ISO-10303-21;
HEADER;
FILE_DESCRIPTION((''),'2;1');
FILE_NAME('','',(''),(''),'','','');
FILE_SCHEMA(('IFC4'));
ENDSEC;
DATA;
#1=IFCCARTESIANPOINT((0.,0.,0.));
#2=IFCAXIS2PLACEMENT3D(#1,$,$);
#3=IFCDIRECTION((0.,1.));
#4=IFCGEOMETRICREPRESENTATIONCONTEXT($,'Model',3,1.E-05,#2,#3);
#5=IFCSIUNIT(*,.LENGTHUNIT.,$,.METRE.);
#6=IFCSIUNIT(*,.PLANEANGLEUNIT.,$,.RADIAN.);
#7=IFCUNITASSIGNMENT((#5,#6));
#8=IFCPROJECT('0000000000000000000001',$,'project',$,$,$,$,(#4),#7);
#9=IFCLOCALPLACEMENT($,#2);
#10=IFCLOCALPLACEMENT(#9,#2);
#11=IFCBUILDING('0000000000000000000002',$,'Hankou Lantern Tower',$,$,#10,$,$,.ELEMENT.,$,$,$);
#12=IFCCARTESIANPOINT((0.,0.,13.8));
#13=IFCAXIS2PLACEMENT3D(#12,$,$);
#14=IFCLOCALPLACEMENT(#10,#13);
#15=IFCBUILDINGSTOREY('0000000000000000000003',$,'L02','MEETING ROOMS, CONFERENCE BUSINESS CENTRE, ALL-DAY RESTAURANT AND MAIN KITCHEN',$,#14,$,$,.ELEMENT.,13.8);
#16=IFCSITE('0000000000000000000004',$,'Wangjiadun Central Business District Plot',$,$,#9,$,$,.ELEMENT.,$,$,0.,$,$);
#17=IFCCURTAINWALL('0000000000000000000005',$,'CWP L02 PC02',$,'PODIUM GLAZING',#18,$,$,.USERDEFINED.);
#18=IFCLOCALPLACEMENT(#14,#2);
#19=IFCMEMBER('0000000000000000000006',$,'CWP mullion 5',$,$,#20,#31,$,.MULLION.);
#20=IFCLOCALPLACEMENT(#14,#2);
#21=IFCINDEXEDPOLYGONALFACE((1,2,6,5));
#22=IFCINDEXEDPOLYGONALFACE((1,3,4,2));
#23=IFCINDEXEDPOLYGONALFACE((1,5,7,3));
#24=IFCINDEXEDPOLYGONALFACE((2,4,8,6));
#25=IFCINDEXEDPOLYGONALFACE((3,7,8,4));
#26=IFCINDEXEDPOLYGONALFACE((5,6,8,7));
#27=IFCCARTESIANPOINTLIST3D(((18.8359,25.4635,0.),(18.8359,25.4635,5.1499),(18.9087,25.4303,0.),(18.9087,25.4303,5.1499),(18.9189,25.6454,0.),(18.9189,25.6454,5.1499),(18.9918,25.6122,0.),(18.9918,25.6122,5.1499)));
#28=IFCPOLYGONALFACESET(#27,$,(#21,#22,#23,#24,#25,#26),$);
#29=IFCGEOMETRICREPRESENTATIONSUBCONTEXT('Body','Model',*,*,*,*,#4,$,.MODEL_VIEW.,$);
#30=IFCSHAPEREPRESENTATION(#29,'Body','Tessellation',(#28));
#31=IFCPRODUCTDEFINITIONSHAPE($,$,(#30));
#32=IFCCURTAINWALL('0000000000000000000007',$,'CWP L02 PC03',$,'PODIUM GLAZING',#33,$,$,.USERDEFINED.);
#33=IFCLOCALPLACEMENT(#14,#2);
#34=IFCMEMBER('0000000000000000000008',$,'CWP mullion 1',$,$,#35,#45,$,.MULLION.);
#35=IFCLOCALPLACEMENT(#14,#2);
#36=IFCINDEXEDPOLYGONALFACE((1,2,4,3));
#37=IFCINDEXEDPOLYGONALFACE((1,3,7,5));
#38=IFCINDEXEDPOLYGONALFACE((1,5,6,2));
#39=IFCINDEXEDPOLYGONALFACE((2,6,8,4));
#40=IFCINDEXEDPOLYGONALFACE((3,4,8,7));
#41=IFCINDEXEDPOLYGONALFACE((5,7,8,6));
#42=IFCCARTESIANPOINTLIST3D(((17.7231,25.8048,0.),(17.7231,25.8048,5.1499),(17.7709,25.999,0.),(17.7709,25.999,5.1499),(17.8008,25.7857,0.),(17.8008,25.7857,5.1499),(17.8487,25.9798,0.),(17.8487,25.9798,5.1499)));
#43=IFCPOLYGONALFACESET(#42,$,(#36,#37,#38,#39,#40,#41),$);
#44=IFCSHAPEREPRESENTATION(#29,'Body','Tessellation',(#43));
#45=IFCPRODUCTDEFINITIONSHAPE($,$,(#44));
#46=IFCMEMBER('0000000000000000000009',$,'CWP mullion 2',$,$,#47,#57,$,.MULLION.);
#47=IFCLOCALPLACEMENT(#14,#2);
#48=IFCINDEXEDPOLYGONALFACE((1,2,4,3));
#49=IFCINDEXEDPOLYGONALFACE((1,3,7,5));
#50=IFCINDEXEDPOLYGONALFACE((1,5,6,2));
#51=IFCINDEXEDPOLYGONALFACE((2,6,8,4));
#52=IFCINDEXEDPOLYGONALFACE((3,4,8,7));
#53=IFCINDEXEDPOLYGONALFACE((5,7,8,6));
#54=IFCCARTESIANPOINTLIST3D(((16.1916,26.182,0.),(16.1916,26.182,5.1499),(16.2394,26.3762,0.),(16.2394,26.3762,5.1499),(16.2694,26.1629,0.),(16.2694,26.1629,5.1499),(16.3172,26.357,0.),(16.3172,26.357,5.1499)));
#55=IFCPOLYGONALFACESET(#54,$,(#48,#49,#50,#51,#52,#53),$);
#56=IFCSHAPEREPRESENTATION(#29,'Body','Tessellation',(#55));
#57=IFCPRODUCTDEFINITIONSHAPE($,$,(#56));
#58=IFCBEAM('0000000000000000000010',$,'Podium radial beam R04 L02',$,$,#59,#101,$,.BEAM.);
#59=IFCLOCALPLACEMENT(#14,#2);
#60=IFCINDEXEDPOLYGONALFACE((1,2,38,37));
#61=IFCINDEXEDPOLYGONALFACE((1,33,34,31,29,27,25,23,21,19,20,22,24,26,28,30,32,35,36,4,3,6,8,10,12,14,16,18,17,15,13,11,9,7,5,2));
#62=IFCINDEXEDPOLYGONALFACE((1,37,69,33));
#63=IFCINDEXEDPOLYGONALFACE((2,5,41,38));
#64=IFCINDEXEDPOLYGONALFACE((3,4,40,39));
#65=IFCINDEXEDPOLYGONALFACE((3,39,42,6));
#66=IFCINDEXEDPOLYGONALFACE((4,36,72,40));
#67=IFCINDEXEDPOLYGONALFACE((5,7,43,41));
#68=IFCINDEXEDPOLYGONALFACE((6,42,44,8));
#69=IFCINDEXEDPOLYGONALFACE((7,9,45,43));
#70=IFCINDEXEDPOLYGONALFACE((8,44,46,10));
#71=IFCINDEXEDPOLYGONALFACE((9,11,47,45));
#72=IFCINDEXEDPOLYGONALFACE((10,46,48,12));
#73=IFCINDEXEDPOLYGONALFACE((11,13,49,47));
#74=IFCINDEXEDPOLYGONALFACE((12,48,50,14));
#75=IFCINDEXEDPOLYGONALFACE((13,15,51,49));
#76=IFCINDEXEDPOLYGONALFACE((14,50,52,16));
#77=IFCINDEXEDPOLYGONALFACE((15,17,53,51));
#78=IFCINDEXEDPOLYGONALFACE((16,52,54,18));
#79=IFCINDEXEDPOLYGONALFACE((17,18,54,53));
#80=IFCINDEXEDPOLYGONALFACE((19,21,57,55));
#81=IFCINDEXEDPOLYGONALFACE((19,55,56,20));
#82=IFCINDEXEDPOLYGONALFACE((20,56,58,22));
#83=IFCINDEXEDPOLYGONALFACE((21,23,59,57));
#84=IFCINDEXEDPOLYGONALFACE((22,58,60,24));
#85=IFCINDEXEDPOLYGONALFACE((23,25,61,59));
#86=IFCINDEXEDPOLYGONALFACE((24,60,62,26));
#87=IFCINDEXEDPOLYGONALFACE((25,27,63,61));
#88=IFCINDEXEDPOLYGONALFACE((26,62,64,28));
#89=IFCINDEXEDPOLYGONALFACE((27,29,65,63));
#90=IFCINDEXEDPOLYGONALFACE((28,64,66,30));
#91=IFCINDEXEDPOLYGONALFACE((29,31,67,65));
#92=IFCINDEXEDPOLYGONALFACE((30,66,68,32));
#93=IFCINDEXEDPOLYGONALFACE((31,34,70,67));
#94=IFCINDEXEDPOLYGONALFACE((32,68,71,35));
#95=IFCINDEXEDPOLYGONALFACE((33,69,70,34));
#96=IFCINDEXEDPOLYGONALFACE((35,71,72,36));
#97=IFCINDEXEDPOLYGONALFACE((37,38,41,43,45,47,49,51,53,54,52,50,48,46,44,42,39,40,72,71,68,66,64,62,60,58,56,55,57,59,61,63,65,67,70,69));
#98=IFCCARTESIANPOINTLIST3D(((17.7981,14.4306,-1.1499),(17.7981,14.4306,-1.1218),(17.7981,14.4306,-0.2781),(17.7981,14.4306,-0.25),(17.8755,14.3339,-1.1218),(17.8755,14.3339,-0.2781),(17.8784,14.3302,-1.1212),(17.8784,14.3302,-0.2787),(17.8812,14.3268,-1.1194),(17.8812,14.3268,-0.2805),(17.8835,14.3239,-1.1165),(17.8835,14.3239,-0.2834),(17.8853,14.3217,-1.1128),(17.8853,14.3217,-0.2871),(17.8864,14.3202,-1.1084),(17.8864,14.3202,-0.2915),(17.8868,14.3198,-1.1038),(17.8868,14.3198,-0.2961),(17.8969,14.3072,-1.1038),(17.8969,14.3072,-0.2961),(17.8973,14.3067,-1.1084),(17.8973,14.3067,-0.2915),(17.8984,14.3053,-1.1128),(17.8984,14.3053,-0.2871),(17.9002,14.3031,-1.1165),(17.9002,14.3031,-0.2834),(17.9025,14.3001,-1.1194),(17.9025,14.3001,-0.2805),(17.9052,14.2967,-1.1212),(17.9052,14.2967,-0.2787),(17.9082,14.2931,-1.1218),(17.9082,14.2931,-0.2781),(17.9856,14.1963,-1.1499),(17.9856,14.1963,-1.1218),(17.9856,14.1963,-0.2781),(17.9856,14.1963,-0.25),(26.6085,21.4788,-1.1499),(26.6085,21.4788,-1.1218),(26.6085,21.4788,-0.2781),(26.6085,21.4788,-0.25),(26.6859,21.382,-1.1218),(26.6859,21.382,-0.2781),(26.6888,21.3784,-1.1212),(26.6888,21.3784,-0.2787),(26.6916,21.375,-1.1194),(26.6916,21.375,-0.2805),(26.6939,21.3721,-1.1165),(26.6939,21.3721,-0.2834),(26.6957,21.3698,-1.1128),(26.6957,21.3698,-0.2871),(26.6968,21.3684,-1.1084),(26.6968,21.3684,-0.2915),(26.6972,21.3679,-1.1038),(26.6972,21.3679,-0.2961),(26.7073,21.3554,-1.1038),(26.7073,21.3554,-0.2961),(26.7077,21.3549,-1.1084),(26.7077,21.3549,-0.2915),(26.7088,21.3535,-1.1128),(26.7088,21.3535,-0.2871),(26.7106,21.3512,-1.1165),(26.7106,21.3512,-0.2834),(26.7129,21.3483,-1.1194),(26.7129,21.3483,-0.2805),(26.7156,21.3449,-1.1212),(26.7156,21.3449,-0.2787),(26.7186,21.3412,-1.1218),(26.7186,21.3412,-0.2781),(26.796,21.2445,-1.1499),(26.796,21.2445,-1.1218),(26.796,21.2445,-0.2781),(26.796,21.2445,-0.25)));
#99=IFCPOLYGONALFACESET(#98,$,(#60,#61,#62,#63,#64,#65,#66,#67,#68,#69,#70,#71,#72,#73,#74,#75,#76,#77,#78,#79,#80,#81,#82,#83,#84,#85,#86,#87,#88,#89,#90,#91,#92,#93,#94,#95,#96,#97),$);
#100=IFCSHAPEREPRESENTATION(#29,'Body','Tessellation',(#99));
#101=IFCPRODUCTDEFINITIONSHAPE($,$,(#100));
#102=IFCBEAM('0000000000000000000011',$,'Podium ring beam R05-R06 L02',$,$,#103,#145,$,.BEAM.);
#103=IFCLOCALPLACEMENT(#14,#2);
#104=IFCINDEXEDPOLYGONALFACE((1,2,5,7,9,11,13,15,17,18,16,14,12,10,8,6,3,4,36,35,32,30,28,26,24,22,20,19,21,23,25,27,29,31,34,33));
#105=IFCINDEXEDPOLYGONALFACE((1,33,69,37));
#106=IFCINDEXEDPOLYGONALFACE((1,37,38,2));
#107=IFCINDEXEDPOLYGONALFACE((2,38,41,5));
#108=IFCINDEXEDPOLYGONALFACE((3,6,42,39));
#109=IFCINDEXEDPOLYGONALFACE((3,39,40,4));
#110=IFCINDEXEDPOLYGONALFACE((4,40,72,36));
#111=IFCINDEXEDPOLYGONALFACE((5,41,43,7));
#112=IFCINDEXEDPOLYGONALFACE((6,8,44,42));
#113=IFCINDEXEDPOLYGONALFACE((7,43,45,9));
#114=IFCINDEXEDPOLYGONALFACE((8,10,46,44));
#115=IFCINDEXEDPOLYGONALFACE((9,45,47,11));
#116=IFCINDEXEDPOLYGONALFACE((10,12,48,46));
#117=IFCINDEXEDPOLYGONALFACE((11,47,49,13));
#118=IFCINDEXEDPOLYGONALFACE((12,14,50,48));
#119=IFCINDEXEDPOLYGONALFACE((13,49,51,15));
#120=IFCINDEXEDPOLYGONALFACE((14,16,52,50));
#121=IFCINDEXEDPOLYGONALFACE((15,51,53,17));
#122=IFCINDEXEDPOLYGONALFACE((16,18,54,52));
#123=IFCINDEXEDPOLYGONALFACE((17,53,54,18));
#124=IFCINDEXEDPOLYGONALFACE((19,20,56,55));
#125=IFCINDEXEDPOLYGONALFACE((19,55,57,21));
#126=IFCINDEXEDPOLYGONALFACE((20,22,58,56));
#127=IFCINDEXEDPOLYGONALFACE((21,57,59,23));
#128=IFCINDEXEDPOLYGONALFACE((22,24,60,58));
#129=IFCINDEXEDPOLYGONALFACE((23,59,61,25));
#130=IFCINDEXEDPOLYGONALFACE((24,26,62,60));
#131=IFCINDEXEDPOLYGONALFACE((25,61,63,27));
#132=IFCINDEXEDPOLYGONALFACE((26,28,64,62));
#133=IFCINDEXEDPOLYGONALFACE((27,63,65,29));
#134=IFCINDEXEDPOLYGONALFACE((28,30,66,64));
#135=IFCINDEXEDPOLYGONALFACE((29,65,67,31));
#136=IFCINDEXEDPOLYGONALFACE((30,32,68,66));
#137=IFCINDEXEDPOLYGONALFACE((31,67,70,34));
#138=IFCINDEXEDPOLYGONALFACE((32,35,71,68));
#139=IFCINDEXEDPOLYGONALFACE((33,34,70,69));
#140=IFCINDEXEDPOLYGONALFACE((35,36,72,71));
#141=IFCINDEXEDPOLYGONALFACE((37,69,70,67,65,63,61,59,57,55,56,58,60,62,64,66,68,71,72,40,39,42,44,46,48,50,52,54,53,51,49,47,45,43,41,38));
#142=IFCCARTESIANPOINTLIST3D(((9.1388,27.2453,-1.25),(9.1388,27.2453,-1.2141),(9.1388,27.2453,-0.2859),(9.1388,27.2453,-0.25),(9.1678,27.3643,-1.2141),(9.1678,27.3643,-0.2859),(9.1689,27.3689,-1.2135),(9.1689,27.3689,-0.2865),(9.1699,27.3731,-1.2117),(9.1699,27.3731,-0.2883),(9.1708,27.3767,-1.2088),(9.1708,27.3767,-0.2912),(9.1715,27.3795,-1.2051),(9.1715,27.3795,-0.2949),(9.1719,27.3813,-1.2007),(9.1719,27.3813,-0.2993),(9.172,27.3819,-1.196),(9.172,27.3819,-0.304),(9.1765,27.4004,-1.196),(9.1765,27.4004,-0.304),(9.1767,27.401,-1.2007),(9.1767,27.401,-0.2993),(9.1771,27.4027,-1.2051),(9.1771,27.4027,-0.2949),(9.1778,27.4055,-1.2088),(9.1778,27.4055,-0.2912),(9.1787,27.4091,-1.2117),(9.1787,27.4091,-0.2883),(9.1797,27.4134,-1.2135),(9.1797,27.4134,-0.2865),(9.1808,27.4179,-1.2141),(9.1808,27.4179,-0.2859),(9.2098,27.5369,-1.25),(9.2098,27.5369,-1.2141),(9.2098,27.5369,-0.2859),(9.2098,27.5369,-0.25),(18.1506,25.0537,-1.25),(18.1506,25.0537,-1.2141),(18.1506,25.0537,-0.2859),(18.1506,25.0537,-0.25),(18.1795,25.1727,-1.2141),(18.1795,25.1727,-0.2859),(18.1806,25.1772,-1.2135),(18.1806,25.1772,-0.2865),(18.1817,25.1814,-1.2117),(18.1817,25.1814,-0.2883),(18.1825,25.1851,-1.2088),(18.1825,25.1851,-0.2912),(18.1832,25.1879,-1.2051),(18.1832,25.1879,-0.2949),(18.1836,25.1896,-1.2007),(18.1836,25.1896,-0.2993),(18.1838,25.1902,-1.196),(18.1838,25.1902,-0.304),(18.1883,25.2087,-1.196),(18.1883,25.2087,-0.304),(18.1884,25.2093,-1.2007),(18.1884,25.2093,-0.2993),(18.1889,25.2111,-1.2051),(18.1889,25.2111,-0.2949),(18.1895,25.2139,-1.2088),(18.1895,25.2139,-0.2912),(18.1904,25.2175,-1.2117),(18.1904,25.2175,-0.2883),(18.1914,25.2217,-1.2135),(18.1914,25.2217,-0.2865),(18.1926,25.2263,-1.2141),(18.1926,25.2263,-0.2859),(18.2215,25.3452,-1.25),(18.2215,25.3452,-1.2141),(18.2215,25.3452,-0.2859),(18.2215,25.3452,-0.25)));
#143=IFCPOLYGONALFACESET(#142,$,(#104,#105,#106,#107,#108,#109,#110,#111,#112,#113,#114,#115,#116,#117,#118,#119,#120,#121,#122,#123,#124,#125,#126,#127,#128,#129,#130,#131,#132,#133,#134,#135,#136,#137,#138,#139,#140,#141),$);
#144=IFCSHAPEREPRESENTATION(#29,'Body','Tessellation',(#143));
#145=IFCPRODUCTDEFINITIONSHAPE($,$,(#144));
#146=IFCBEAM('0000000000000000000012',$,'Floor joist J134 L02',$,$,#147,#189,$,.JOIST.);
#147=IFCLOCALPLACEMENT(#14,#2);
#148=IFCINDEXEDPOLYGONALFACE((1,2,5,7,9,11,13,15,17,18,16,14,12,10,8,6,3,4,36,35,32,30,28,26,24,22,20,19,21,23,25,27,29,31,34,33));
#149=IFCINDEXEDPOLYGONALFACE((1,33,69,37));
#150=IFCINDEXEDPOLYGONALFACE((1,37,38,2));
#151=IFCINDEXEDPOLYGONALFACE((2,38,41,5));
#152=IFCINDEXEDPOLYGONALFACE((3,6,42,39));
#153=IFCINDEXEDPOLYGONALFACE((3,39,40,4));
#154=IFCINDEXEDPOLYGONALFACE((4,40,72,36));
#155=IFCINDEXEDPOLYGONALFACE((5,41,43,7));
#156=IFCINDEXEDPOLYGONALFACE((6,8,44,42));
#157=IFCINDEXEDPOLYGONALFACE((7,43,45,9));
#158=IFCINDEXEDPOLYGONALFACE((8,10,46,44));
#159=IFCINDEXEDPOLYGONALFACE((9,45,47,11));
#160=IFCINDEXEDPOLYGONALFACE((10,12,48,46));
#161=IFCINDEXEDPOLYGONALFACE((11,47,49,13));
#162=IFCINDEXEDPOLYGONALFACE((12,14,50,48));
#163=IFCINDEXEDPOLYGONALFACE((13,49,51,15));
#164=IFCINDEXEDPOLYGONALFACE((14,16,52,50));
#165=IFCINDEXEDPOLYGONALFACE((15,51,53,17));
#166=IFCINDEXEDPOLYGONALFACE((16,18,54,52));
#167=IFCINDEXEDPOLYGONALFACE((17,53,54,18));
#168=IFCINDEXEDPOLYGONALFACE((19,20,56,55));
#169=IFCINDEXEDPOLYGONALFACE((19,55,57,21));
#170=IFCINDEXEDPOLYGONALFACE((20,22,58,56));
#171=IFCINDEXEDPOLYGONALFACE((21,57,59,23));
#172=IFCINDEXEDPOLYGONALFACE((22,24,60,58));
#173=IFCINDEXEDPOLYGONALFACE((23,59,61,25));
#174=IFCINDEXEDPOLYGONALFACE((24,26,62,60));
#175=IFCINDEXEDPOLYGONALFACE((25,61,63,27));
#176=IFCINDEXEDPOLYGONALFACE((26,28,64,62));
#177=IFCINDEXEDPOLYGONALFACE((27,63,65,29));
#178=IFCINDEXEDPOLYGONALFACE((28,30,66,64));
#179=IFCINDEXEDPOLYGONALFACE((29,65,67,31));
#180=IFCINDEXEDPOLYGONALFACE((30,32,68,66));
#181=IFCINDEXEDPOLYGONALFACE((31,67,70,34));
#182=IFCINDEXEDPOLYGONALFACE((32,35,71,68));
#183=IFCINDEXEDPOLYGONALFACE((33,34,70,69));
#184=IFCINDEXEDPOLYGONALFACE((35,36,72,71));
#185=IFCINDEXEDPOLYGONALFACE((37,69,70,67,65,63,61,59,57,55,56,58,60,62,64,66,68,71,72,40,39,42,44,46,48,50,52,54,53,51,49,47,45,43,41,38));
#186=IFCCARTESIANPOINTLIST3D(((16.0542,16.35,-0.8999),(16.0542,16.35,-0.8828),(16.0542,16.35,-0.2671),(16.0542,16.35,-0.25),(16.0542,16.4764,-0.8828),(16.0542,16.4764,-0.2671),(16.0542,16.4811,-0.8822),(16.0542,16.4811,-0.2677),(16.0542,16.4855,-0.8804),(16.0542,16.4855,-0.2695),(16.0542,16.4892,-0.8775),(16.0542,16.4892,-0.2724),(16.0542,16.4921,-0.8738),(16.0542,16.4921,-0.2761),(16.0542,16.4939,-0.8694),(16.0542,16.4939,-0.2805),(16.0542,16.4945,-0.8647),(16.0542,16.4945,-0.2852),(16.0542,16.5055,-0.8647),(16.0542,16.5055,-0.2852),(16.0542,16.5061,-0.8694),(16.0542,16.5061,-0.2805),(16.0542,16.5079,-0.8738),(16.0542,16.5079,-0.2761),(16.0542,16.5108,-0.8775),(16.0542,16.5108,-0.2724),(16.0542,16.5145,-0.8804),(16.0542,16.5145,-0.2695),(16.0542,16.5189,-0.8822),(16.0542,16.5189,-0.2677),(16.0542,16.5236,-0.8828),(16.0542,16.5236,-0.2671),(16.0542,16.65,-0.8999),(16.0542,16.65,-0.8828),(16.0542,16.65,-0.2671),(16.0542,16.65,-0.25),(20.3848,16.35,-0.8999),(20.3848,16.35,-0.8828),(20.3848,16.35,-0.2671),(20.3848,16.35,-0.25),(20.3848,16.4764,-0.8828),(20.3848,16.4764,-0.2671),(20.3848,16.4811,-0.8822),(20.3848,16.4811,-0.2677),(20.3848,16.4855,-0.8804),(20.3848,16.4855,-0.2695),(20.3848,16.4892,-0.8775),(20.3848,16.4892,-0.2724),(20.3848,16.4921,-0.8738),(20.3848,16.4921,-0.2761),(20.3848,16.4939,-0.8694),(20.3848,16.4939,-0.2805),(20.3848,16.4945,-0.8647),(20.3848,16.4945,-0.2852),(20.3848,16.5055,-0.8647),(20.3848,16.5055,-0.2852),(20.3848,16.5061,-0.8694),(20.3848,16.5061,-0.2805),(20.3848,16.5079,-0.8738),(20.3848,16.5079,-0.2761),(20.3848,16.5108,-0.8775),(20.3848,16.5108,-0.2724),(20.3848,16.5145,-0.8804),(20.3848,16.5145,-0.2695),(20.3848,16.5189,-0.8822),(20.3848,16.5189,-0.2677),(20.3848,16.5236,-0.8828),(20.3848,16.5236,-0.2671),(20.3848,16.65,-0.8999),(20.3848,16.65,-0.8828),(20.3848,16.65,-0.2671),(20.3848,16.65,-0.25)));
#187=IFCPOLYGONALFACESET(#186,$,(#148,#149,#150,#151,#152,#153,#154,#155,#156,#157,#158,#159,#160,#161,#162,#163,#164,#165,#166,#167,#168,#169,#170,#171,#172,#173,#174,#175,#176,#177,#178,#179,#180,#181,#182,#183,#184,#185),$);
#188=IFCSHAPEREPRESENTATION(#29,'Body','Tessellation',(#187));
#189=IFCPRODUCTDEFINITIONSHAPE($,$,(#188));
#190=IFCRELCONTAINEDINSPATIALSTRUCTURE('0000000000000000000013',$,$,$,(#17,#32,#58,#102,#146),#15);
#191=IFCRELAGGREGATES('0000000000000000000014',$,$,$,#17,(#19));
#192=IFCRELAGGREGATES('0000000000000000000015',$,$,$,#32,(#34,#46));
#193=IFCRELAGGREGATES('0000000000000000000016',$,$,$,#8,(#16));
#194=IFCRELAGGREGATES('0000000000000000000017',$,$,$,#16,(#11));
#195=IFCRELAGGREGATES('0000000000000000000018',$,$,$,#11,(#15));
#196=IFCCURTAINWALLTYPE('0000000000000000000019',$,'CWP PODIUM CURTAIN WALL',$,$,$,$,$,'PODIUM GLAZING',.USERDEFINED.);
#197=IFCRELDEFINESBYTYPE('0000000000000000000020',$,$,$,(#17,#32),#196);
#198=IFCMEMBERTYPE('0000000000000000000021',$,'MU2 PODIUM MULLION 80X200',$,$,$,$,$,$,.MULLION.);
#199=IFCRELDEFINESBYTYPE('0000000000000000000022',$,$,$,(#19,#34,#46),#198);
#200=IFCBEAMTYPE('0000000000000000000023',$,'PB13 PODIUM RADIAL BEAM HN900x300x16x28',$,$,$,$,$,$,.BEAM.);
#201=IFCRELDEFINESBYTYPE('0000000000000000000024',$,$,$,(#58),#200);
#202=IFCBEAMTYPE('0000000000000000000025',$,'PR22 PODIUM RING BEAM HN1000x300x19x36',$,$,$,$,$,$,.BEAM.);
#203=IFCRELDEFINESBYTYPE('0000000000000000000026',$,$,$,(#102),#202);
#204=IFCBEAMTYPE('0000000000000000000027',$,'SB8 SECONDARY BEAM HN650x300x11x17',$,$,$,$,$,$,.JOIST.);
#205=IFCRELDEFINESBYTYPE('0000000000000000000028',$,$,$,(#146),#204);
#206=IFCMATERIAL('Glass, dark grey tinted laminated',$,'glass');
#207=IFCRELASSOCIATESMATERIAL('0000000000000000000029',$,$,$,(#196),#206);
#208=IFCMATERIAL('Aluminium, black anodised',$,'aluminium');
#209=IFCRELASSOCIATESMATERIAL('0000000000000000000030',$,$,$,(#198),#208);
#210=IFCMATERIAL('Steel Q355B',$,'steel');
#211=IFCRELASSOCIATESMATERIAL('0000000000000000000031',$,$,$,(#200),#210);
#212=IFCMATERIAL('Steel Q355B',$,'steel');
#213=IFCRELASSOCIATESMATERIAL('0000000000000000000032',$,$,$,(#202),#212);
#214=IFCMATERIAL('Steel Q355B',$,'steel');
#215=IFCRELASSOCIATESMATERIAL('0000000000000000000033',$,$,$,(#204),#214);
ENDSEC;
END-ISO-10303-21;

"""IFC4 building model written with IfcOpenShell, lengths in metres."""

from ifc_helpers import new_model, si_unit, direction, frame, origin, origin_2d, place, context, subcontext, project, spatial, rectangle, i_section, extrude, material, material_profile, profile_set, type_object, element, aggregate, save


model = new_model("IFC4")

# Units and contexts
model_context = context("Model", 3, precision=1e-05, world=origin(), true_north=direction((0.0, 1.0)))
body_context = subcontext(model_context, "Body", "Model", "MODEL_VIEW")
ifc_project = project(units=[si_unit("LENGTHUNIT", "METRE"), si_unit("PLANEANGLEUNIT", "RADIAN")], contexts=[model_context])

# Site, building, storey
site_placement = place(None, origin())
site = spatial("IfcSite", under=ifc_project, at=site_placement, Name="Wangjiadun Central Business District Plot", CompositionType="ELEMENT", RefElevation=0.0)
building_placement = place(site_placement, origin())
building = spatial("IfcBuilding", under=site, at=building_placement, Name="Hankou Lantern Tower", CompositionType="ELEMENT")
storey_placement = place(building_placement, frame((0.0, 0.0, 13.8)))
storey = spatial("IfcBuildingStorey", under=building, at=storey_placement, Name="L02", Description="MEETING ROOMS, CONFERENCE BUSINESS CENTRE, ALL-DAY RESTAURANT AND MAIN KITCHEN", CompositionType="ELEMENT", Elevation=13.8)

# Curtain walls, members
ifc_material_1 = material(Name="Glass, dark grey tinted laminated", Category="glass")
curtain_wall_type = type_object("IfcCurtainWallType", Name="CWP PODIUM CURTAIN WALL", ElementType="PODIUM GLAZING", PredefinedType="USERDEFINED", material=ifc_material_1)
curtain_wall_1_placement = place(storey_placement, origin())
curtain_wall_1 = element("IfcCurtainWall", 1, at=curtain_wall_1_placement, inside=storey, type_object=curtain_wall_type, Name="CWP L02 PC02", ObjectType="PODIUM GLAZING", PredefinedType="USERDEFINED")
ifc_material_2 = material(Name="Aluminium, black anodised", Category="aluminium")
ifc_material_profile_1 = material_profile(ifc_material_2, rectangle(XDim=0.0801, YDim=0.2, at=origin_2d()), Name="MU2 80X200")
ifc_profile_set_1 = profile_set([ifc_material_profile_1], Name="Aluminium, black anodised")
member_type_1 = type_object("IfcMemberType", Name="MU2 PODIUM MULLION 80X200", PredefinedType="MULLION", material=ifc_profile_set_1)
member_1_placement = place(storey_placement, frame((18.9138, 25.5378, 0.0), z_axis=(0.0, 0.0, 1.0), x_axis=(-0.90967, 0.415332, 0.0)))
member_1 = element("IfcMember", 2, at=member_1_placement, type_object=member_type_1, Name="CWP mullion 5", PredefinedType="MULLION", context=body_context, shape_type="SweptSolid", body=[
    extrude(rectangle(XDim=0.0801, YDim=0.2, at=origin_2d()), origin(), (0.0, 0.0, 1.0), 5.1499),
])
curtain_wall_2_placement = place(storey_placement, origin())
curtain_wall_2 = element("IfcCurtainWall", 3, at=curtain_wall_2_placement, inside=storey, type_object=curtain_wall_type, Name="CWP L02 PC03", ObjectType="PODIUM GLAZING", PredefinedType="USERDEFINED")
member_2_placement = place(storey_placement, frame((17.7859, 25.8923, 0.0), z_axis=(0.0, 0.0, 1.0), x_axis=(-0.970961, 0.239238, 0.0)))
member_2 = element("IfcMember", 4, at=member_2_placement, type_object=member_type_1, Name="CWP mullion 1", PredefinedType="MULLION", context=body_context, shape_type="SweptSolid", body=[
    extrude(rectangle(XDim=0.0801, YDim=0.2, at=origin_2d()), origin(), (0.0, 0.0, 1.0), 5.1499),
])
member_3_placement = place(storey_placement, frame((16.2544, 26.2695, 0.0), z_axis=(0.0, 0.0, 1.0), x_axis=(-0.970961, 0.239238, 0.0)))
member_3 = element("IfcMember", 5, at=member_3_placement, type_object=member_type_1, Name="CWP mullion 2", PredefinedType="MULLION", context=body_context, shape_type="SweptSolid", body=[
    extrude(rectangle(XDim=0.0801, YDim=0.2, at=origin_2d()), origin(), (0.0, 0.0, 1.0), 5.1499),
])

# Beams
ifc_material_3 = material(Name="Steel Q355B", Category="steel")
ifc_material_profile_2 = material_profile(ifc_material_3, i_section(OverallWidth=0.3, OverallDepth=0.8999, WebThickness=0.0161, FlangeThickness=0.0281, FilletRadius=0.0181, at=origin_2d()), Name="HN900x300x16x28")
ifc_profile_set_2 = profile_set([ifc_material_profile_2], Name="Steel Q355B")
beam_type_1 = type_object("IfcBeamType", Name="PB13 PODIUM RADIAL BEAM HN900x300x16x28", PredefinedType="BEAM", material=ifc_profile_set_2)
beam_1_placement = place(storey_placement, frame((17.8918, 14.3135, -0.7), z_axis=(0.780875, 0.624687, 0.0), x_axis=(-0.624687, 0.780875, 0.0)))
element("IfcBeam", 6, at=beam_1_placement, inside=storey, type_object=beam_type_1, Name="Podium radial beam R04 L02", PredefinedType="BEAM", context=body_context, shape_type="SweptSolid", body=[
    extrude(i_section(OverallWidth=0.3, OverallDepth=0.8999, WebThickness=0.0161, FlangeThickness=0.0281, FilletRadius=0.0181, at=origin_2d()), origin(), (0.0, 0.0, 1.0), 11.2827),
])
ifc_material_4 = material(Name="Steel Q355B", Category="steel")
ifc_material_profile_3 = material_profile(ifc_material_4, i_section(OverallWidth=0.3, OverallDepth=1.0, WebThickness=0.019, FlangeThickness=0.0359, FilletRadius=0.0181, at=origin_2d()), Name="HN1000x300x19x36")
ifc_profile_set_3 = profile_set([ifc_material_profile_3], Name="Steel Q355B")
beam_type_2 = type_object("IfcBeamType", Name="PR22 PODIUM RING BEAM HN1000x300x19x36", PredefinedType="BEAM", material=ifc_profile_set_3)
beam_2_placement = place(storey_placement, frame((18.186, 25.1995, -0.75), z_axis=(-0.971677, 0.236312, 0.0), x_axis=(-0.236312, -0.971677, 0.0)))
element("IfcBeam", 7, at=beam_2_placement, inside=storey, type_object=beam_type_2, Name="Podium ring beam R05-R06 L02", PredefinedType="BEAM", context=body_context, shape_type="SweptSolid", body=[
    extrude(i_section(OverallWidth=0.3, OverallDepth=1.0, WebThickness=0.019, FlangeThickness=0.0359, FilletRadius=0.0181, at=origin_2d()), origin(), (0.0, 0.0, 1.0), 9.2744),
])
ifc_material_5 = material(Name="Steel Q355B", Category="steel")
ifc_material_profile_4 = material_profile(ifc_material_5, i_section(OverallWidth=0.3, OverallDepth=0.6499, WebThickness=0.011, FlangeThickness=0.0171, FilletRadius=0.0181, at=origin_2d()), Name="HN650x300x11x17")
ifc_profile_set_4 = profile_set([ifc_material_profile_4], Name="Steel Q355B")
beam_type_3 = type_object("IfcBeamType", Name="SB8 SECONDARY BEAM HN650x300x11x17", PredefinedType="JOIST", material=ifc_profile_set_4)
beam_3_placement = place(storey_placement, frame((16.0542, 16.5, -0.575), z_axis=(1.0, 0.0, 0.0), x_axis=(0.0, 1.0, 0.0)))
element("IfcBeam", 8, at=beam_3_placement, inside=storey, type_object=beam_type_3, Name="Floor joist J134 L02", PredefinedType="JOIST", context=body_context, shape_type="SweptSolid", body=[
    extrude(i_section(OverallWidth=0.3, OverallDepth=0.6499, WebThickness=0.011, FlangeThickness=0.0171, FilletRadius=0.0181, at=origin_2d()), origin(), (0.0, 0.0, 1.0), 4.3306),
])

aggregate(curtain_wall_1, [member_1])
aggregate(curtain_wall_2, [member_2, member_3])

save(model, "model.ifc")
